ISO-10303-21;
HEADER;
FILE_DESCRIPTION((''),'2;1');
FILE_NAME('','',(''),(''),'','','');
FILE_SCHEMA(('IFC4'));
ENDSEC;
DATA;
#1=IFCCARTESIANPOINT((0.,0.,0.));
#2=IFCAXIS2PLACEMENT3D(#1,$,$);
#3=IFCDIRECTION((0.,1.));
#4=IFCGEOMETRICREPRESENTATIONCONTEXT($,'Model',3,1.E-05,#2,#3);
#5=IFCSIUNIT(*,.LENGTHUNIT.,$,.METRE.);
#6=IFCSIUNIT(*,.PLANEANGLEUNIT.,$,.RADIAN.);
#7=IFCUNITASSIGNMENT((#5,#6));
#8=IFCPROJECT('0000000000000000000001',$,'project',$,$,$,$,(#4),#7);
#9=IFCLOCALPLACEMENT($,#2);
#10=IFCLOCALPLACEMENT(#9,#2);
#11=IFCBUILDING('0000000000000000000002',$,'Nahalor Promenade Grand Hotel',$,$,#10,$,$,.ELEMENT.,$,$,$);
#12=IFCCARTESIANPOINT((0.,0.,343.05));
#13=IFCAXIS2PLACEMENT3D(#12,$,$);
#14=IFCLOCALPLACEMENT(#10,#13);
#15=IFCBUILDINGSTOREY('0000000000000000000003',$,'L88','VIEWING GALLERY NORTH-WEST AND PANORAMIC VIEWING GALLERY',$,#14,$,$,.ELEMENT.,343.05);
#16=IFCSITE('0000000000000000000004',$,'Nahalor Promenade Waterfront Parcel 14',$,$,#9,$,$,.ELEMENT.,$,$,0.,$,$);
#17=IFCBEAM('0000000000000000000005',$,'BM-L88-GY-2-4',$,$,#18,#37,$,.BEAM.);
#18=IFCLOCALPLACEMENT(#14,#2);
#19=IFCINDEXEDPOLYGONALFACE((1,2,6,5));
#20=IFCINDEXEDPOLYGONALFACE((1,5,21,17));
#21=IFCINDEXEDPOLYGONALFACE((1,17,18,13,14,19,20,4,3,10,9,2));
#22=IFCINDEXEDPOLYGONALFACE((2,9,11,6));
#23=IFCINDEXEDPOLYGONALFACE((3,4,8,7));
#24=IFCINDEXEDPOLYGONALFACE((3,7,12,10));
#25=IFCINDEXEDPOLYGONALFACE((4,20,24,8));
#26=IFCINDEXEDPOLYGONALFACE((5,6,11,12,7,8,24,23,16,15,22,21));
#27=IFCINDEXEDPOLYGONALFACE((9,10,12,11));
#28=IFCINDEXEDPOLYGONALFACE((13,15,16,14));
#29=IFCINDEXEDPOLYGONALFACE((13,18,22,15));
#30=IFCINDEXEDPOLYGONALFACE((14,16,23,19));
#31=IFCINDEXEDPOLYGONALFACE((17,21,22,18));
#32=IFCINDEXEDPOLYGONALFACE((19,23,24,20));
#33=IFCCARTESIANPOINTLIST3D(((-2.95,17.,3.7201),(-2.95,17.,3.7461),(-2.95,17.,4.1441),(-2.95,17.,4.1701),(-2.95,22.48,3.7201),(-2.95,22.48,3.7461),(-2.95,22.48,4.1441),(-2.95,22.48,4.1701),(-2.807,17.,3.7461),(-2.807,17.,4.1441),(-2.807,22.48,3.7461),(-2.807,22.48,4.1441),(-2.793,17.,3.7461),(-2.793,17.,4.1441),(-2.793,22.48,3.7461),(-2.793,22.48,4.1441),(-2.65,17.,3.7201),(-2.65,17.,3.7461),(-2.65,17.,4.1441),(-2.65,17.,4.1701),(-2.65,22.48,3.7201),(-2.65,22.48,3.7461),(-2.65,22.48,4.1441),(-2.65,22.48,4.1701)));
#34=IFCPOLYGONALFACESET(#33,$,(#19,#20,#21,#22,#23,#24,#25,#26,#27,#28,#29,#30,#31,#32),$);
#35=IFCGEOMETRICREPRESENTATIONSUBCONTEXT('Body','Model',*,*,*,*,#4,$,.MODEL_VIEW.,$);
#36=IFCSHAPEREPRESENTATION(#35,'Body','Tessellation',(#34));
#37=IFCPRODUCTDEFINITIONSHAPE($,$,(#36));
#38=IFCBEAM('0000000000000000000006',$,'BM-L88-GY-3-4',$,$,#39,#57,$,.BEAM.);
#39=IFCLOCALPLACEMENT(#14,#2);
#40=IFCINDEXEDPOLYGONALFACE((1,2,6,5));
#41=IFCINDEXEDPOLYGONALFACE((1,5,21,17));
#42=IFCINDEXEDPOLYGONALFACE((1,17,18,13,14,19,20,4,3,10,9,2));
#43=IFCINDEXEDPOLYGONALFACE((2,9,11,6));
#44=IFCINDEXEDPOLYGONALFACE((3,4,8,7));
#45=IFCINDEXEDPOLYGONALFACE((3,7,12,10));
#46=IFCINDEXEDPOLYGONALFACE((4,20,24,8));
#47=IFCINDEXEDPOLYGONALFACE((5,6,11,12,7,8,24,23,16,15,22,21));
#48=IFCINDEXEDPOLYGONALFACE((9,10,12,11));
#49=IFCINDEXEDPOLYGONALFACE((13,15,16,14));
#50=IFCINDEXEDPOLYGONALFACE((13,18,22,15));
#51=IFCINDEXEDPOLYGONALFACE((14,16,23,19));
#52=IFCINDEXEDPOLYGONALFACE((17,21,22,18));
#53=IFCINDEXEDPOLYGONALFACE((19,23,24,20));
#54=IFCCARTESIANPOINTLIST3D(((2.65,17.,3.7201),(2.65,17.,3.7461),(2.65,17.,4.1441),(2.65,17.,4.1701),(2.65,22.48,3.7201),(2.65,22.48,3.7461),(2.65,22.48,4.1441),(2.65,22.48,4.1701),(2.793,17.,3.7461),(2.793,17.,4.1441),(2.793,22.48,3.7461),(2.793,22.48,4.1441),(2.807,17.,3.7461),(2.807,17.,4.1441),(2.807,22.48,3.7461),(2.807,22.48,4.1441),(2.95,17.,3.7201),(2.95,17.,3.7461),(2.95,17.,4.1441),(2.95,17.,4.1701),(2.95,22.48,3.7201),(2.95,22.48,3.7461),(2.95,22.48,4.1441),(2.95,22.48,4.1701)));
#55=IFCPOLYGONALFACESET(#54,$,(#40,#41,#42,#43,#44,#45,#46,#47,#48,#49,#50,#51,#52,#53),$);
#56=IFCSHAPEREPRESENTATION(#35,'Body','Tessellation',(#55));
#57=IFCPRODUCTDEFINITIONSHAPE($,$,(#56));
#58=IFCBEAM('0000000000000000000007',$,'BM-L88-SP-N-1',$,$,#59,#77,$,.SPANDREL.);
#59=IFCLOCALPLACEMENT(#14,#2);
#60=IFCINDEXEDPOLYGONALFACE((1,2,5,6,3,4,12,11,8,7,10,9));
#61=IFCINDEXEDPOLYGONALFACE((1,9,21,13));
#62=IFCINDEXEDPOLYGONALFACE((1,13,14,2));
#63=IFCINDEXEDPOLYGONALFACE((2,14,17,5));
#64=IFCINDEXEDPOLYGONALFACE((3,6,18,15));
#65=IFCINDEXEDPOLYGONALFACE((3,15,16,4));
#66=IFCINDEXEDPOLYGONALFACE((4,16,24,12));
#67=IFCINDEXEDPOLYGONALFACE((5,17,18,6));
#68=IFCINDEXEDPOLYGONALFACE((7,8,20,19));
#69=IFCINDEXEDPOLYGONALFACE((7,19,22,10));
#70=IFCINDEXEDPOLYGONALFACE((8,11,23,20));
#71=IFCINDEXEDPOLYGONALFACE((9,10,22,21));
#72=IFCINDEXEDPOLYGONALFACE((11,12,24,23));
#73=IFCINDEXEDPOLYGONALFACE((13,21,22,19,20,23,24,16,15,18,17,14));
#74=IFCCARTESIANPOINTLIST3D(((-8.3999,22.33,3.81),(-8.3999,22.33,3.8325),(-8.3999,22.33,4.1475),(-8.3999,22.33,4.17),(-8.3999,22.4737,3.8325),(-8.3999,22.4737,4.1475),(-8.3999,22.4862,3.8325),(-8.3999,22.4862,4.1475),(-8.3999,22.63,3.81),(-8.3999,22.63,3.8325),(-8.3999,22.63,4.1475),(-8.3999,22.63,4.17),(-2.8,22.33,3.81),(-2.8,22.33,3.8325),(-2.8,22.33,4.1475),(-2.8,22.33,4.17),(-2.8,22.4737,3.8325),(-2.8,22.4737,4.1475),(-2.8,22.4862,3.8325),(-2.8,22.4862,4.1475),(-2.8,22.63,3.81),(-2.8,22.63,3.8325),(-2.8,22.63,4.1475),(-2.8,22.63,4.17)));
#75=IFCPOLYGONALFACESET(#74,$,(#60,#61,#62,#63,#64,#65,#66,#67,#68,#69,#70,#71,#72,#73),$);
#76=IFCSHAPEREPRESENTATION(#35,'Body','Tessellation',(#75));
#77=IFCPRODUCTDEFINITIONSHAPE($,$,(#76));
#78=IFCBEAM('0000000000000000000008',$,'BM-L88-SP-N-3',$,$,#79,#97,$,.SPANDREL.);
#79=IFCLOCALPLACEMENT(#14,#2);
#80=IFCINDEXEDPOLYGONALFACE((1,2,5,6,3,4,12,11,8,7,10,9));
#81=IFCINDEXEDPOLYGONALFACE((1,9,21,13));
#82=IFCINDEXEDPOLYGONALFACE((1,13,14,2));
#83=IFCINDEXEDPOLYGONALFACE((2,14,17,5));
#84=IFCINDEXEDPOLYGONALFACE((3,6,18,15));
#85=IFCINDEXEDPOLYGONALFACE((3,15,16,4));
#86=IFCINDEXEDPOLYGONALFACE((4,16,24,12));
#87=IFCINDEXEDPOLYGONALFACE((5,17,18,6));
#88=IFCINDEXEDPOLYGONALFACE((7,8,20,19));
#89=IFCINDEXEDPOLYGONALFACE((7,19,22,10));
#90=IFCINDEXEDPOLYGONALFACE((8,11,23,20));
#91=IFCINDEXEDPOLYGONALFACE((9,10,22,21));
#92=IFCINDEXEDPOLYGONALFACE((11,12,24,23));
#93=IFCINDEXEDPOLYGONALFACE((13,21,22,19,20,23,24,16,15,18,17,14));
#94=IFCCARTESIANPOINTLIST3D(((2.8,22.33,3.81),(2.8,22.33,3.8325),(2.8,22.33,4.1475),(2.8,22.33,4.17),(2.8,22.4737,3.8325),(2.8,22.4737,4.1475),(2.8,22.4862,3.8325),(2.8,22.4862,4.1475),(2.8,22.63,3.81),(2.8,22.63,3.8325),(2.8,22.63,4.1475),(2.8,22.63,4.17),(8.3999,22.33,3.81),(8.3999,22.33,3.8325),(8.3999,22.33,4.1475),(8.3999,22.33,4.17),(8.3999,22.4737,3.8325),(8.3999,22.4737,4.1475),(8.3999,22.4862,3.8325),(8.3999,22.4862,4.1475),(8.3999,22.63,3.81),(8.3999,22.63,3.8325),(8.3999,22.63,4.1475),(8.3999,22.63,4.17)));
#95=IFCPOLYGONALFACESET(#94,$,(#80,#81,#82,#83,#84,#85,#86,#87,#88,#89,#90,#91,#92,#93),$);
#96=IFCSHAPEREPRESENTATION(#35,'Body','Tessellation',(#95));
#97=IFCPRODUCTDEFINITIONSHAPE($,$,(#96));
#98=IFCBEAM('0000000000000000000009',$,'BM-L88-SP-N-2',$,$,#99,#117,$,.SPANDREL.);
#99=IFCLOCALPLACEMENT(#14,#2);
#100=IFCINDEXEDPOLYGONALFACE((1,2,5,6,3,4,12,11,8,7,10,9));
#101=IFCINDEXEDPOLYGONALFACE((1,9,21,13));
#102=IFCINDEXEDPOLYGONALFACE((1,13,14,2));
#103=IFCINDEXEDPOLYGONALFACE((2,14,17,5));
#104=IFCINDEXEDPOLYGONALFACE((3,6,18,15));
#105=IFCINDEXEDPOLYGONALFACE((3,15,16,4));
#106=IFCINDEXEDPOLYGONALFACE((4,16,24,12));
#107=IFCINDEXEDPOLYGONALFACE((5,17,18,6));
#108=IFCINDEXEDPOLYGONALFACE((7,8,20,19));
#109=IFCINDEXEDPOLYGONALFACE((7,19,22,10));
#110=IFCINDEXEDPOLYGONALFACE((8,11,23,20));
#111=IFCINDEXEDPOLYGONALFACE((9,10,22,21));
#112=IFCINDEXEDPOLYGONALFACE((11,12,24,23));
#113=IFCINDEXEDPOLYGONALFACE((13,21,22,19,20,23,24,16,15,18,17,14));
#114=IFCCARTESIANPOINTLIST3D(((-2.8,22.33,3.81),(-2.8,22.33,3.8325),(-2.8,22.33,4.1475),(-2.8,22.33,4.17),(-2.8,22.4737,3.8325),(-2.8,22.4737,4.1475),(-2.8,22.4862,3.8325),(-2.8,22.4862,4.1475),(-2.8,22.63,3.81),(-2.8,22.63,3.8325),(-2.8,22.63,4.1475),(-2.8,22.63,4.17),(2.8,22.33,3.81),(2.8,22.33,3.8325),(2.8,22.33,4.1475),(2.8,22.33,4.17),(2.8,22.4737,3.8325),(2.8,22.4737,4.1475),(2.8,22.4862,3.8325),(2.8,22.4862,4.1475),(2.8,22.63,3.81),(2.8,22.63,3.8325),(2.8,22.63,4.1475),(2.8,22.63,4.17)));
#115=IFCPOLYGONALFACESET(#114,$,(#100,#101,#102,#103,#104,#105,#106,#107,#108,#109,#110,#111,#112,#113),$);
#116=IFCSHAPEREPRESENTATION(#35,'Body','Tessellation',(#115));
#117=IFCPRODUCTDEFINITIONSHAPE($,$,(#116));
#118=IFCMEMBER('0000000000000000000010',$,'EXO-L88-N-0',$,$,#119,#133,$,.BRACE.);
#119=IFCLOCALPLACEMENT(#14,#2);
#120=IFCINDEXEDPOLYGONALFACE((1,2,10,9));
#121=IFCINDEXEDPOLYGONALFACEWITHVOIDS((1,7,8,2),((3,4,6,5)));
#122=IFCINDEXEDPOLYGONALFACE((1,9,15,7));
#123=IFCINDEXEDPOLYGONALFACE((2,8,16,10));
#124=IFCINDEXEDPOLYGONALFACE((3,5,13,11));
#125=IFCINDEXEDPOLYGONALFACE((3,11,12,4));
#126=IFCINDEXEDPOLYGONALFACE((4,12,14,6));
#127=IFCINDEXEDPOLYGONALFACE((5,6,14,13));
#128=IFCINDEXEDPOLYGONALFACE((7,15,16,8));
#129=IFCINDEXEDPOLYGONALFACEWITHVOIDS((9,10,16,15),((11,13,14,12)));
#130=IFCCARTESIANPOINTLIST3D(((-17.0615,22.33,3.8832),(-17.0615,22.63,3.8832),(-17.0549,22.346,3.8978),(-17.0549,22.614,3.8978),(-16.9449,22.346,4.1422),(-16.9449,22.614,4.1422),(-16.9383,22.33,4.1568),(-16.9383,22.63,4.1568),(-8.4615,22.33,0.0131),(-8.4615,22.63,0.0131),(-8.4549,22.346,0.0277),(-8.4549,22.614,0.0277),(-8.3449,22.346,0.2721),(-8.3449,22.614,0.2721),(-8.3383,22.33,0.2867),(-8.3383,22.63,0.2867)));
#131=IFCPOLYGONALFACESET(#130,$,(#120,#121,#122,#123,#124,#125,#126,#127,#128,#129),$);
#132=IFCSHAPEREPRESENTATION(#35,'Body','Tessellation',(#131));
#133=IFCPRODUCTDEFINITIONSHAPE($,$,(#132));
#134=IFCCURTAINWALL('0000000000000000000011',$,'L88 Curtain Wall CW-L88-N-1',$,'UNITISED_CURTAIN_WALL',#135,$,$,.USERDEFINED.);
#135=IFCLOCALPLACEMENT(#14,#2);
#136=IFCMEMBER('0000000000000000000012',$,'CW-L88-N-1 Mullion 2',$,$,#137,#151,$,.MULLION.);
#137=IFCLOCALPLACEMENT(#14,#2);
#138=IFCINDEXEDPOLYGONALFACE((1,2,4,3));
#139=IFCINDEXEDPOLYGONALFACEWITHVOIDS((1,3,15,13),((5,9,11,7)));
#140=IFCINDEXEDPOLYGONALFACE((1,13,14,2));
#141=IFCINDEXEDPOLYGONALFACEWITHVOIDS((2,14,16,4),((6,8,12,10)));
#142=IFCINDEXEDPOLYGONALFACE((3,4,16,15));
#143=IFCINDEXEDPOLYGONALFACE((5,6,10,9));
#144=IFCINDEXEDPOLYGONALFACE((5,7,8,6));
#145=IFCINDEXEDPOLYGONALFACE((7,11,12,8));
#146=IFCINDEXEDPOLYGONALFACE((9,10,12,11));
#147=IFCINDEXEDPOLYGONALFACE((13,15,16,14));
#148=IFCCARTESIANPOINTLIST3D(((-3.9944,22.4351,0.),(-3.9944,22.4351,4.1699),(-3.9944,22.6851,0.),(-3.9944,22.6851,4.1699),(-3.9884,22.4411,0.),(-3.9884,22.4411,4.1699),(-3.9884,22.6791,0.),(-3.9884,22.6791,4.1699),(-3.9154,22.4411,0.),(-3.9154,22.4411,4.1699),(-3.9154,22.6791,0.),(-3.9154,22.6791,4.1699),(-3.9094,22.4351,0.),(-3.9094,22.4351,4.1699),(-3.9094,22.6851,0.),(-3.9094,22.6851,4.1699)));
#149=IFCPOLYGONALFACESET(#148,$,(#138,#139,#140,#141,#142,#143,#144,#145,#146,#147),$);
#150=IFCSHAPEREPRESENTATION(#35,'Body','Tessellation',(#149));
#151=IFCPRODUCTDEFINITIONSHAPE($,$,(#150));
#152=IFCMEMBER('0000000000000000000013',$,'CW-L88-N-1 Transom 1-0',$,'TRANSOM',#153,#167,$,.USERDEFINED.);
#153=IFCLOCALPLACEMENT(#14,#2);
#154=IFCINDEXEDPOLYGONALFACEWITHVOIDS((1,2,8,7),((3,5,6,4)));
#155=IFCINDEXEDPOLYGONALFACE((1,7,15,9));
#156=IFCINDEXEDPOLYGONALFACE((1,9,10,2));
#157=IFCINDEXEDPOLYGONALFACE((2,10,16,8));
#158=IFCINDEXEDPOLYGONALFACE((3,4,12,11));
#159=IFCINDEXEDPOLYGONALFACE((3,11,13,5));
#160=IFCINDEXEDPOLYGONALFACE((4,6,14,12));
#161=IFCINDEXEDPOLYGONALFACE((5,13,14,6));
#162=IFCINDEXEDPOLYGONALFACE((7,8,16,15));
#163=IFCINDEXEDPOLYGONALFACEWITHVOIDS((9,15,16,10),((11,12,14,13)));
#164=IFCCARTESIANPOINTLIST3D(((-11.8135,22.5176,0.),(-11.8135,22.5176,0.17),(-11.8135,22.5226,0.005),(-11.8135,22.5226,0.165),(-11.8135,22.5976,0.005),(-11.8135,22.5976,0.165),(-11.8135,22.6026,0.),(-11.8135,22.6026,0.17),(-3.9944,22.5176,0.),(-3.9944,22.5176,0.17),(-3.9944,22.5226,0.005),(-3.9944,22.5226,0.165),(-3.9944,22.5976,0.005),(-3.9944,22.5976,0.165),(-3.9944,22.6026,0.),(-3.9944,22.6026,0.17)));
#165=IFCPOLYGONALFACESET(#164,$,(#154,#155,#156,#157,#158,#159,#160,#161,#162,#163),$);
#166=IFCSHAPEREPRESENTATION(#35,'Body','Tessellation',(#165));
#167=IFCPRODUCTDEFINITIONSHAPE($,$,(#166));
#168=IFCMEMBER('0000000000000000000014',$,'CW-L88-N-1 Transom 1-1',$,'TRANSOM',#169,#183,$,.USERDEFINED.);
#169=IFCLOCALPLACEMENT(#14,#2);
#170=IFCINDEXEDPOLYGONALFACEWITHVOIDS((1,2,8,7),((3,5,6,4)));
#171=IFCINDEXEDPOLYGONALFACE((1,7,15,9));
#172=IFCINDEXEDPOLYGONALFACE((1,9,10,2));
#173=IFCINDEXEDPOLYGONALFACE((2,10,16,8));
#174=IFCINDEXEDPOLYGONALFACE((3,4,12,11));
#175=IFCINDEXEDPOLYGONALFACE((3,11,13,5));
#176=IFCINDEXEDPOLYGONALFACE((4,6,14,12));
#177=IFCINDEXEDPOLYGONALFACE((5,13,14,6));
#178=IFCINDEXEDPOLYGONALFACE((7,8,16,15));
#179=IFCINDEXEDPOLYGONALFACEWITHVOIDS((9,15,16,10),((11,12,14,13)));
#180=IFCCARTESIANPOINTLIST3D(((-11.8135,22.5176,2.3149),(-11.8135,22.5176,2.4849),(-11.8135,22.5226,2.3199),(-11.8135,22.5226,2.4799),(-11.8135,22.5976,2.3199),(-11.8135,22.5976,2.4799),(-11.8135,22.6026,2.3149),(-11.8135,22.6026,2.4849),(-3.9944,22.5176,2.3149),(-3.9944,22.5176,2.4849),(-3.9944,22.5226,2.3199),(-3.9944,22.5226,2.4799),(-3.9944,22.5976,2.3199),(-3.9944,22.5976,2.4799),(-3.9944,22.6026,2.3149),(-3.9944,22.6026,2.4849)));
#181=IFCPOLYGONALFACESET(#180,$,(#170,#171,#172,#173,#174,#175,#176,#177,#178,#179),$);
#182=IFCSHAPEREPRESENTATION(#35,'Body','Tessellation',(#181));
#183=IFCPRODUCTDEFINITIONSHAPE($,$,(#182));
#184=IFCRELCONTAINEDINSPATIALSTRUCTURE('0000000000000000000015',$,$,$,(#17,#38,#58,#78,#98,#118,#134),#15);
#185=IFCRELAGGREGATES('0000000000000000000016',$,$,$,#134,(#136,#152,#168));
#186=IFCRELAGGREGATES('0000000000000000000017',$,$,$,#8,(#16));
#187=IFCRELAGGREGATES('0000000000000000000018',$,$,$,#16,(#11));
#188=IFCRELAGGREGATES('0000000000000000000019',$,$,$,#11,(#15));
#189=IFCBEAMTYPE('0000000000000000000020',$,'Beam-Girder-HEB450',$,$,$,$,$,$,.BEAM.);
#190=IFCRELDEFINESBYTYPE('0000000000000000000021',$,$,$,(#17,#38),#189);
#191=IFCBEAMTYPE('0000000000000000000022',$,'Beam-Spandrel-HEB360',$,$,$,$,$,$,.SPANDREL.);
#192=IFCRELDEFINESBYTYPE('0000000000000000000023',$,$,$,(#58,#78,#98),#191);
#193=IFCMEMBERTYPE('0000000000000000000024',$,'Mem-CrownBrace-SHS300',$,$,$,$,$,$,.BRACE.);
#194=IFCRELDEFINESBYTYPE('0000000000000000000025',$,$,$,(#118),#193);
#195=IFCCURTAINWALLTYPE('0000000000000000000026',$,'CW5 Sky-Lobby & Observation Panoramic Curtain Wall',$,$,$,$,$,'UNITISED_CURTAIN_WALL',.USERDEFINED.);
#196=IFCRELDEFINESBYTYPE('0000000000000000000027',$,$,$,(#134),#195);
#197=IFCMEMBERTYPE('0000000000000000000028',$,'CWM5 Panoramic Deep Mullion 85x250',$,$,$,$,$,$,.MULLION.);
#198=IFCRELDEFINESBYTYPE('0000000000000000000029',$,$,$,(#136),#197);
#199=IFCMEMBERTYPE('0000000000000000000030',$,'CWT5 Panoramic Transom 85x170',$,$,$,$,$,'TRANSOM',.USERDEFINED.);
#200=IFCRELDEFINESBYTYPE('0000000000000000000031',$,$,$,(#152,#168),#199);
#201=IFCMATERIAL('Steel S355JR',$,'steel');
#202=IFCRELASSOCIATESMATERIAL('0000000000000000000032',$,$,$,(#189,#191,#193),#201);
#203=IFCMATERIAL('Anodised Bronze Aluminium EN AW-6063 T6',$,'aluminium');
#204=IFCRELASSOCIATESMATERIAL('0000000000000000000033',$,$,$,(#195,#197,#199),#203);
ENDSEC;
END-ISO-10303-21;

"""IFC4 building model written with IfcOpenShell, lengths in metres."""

from ifc_helpers import new_model, si_unit, direction, frame, origin, origin_2d, place, context, subcontext, project, spatial, hollow_rectangle, i_section, extrude, source, transform, mapped, material, material_profile, profile_set, type_object, element, aggregate, save


model = new_model("IFC4")

# Units and contexts
model_context = context("Model", 3, precision=1e-05, world=origin(), true_north=direction((0.0, 1.0)))
body_context = subcontext(model_context, "Body", "Model", "MODEL_VIEW")
ifc_project = project(units=[si_unit("LENGTHUNIT", "METRE"), si_unit("PLANEANGLEUNIT", "RADIAN")], contexts=[model_context])

# Site, building, storey
site_placement = place(None, origin())
site = spatial("IfcSite", under=ifc_project, at=site_placement, Name="Nahalor Promenade Waterfront Parcel 14", CompositionType="ELEMENT", RefElevation=0.0)
building_placement = place(site_placement, origin())
building = spatial("IfcBuilding", under=site, at=building_placement, Name="Nahalor Promenade Grand Hotel", CompositionType="ELEMENT")
storey_placement = place(building_placement, frame((0.0, 0.0, 343.05)))
storey = spatial("IfcBuildingStorey", under=building, at=storey_placement, Name="L88", Description="VIEWING GALLERY NORTH-WEST AND PANORAMIC VIEWING GALLERY", CompositionType="ELEMENT", Elevation=343.05)

# Shared definitions
ifc_material_1 = material(Name="Steel S355JR", Category="steel")

# Beams
ifc_material_profile_1 = material_profile(ifc_material_1, i_section(OverallWidth=0.3, OverallDepth=0.45, WebThickness=0.014, FlangeThickness=0.026, at=origin_2d()), Name="HEB 450")
ifc_profile_set_1 = profile_set([ifc_material_profile_1], Name="Steel S355JR")
beam_type_1 = type_object("IfcBeamType", Name="Beam-Girder-HEB450", PredefinedType="BEAM", material=ifc_profile_set_1)
shared_shape_1 = source(origin(), body_context, "Body", "SweptSolid", [
    extrude(i_section(OverallWidth=0.3, OverallDepth=0.45, WebThickness=0.014, FlangeThickness=0.026, at=origin_2d()), origin(), (0.0, 0.0, 1.0), 5.48),
])
for number, where, z_axis, x_axis, name in (
    (1, (-2.8, 17.0, 3.9451), (0.0, 1.0, 0.0), (-1.0, 0.0, 0.0), "BM-L88-GY-2-4"),
    (2, (2.8, 17.0, 3.9451), (0.0, 1.0, 0.0), (-1.0, 0.0, 0.0), "BM-L88-GY-3-4"),
):
    element("IfcBeam", number, at=place(storey_placement, frame(where, z_axis=z_axis, x_axis=x_axis)), inside=storey, type_object=beam_type_1, Name=name, PredefinedType="BEAM", context=body_context, shape_type="MappedRepresentation", body=[
        mapped(shared_shape_1, transform((0.0, 0.0, 0.0), scale=1.0)),
    ])
ifc_material_profile_2 = material_profile(ifc_material_1, i_section(OverallWidth=0.3, OverallDepth=0.36, WebThickness=0.0125, FlangeThickness=0.0225, at=origin_2d()), Name="HEB 360")
ifc_profile_set_2 = profile_set([ifc_material_profile_2], Name="Steel S355JR")
beam_type_2 = type_object("IfcBeamType", Name="Beam-Spandrel-HEB360", PredefinedType="SPANDREL", material=ifc_profile_set_2)
shared_shape_2 = source(origin(), body_context, "Body", "SweptSolid", [
    extrude(i_section(OverallWidth=0.3, OverallDepth=0.36, WebThickness=0.0125, FlangeThickness=0.0225, at=origin_2d()), origin(), (0.0, 0.0, 1.0), 5.5999),
])
for number, where, z_axis, x_axis, name in (
    (3, (-8.3999, 22.48, 3.99), (1.0, 0.0, 0.0), (0.0, 1.0, 0.0), "BM-L88-SP-N-1"),
    (4, (2.8, 22.48, 3.99), (1.0, 0.0, 0.0), (0.0, 1.0, 0.0), "BM-L88-SP-N-3"),
):
    element("IfcBeam", number, at=place(storey_placement, frame(where, z_axis=z_axis, x_axis=x_axis)), inside=storey, type_object=beam_type_2, Name=name, PredefinedType="SPANDREL", context=body_context, shape_type="MappedRepresentation", body=[
        mapped(shared_shape_2, transform((0.0, 0.0, 0.0), scale=1.0)),
    ])
shared_shape_3 = source(origin(), body_context, "Body", "SweptSolid", [
    extrude(i_section(OverallWidth=0.3, OverallDepth=0.36, WebThickness=0.0125, FlangeThickness=0.0225, at=origin_2d()), origin(), (0.0, 0.0, 1.0), 5.6001),
])
beam_1_placement = place(storey_placement, frame((-2.8, 22.48, 3.99), z_axis=(1.0, 0.0, 0.0), x_axis=(0.0, 1.0, 0.0)))
element("IfcBeam", 5, at=beam_1_placement, inside=storey, type_object=beam_type_2, Name="BM-L88-SP-N-2", PredefinedType="SPANDREL", context=body_context, shape_type="MappedRepresentation", body=[
    mapped(shared_shape_3, transform((0.0, 0.0, 0.0), scale=1.0)),
])

# Member
ifc_material_profile_3 = material_profile(ifc_material_1, hollow_rectangle(XDim=0.3, YDim=0.3, WallThickness=0.016, at=origin_2d()), Name="SHS 300x300x16")
ifc_profile_set_3 = profile_set([ifc_material_profile_3], Name="Steel S355JR")
member_type_1 = type_object("IfcMemberType", Name="Mem-CrownBrace-SHS300", PredefinedType="BRACE", material=ifc_profile_set_3)
shared_shape_4 = source(origin(), body_context, "Body", "SweptSolid", [
    extrude(hollow_rectangle(XDim=0.3, YDim=0.3, WallThickness=0.016, at=origin_2d()), origin(), (0.0, 0.0, 1.0), 9.4307),
])
member_1_placement = place(storey_placement, frame((-8.3999, 22.48, 0.1499), z_axis=(-0.911919, 0.0, 0.410371), x_axis=(0.0, -1.0, 0.0)))
element("IfcMember", 6, at=member_1_placement, inside=storey, type_object=member_type_1, Name="EXO-L88-N-0", PredefinedType="BRACE", context=body_context, shape_type="MappedRepresentation", body=[
    mapped(shared_shape_4, transform((0.0, 0.0, 0.0), scale=1.0)),
])

# Curtain wall, members
ifc_material_2 = material(Name="Anodised Bronze Aluminium EN AW-6063 T6", Category="aluminium")
curtain_wall_type = type_object("IfcCurtainWallType", Name="CW5 Sky-Lobby & Observation Panoramic Curtain Wall", ElementType="UNITISED_CURTAIN_WALL", PredefinedType="USERDEFINED", material=ifc_material_2)
curtain_wall_placement = place(storey_placement, origin())
curtain_wall = element("IfcCurtainWall", 7, at=curtain_wall_placement, inside=storey, type_object=curtain_wall_type, Name="L88 Curtain Wall CW-L88-N-1", ObjectType="UNITISED_CURTAIN_WALL", PredefinedType="USERDEFINED")
ifc_material_profile_4 = material_profile(ifc_material_2, hollow_rectangle(XDim=0.085, YDim=0.25, WallThickness=0.006, at=origin_2d()), Name="CWM 85x250x6")
ifc_profile_set_4 = profile_set([ifc_material_profile_4], Name="Anodised Bronze Aluminium EN AW-6063 T6")
member_type_2 = type_object("IfcMemberType", Name="CWM5 Panoramic Deep Mullion 85x250", PredefinedType="MULLION", material=ifc_profile_set_4)
shared_shape_5 = source(origin(), body_context, "Body", "SweptSolid", [
    extrude(hollow_rectangle(XDim=0.085, YDim=0.25, WallThickness=0.006, at=origin_2d()), origin(), (0.0, 0.0, 1.0), 4.1699),
])
member_2_placement = place(storey_placement, frame((-3.9519, 22.5601, 0.0), z_axis=(0.0, 0.0, 1.0), x_axis=(1.0, 0.0, 0.0)))
member_2 = element("IfcMember", 8, at=member_2_placement, type_object=member_type_2, Name="CW-L88-N-1 Mullion 2", PredefinedType="MULLION", context=body_context, shape_type="MappedRepresentation", body=[
    mapped(shared_shape_5, transform((0.0, 0.0, 0.0), scale=1.0)),
])
ifc_material_profile_5 = material_profile(ifc_material_2, hollow_rectangle(XDim=0.085, YDim=0.17, WallThickness=0.005, at=origin_2d()), Name="CWT 85x170x5")
ifc_profile_set_5 = profile_set([ifc_material_profile_5], Name="Anodised Bronze Aluminium EN AW-6063 T6")
member_type_3 = type_object("IfcMemberType", Name="CWT5 Panoramic Transom 85x170", ElementType="TRANSOM", PredefinedType="USERDEFINED", material=ifc_profile_set_5)
shared_shape_6 = source(origin(), body_context, "Body", "SweptSolid", [
    extrude(hollow_rectangle(XDim=0.085, YDim=0.17, WallThickness=0.005, at=origin_2d()), origin(), (0.0, 0.0, 1.0), 7.8191),
])
member_3_placement = place(storey_placement, frame((-11.8135, 22.5601, 0.085), z_axis=(1.0, 0.0, 0.0), x_axis=(0.0, 1.0, 0.0)))
member_3 = element("IfcMember", 9, at=member_3_placement, type_object=member_type_3, Name="CW-L88-N-1 Transom 1-0", ObjectType="TRANSOM", PredefinedType="USERDEFINED", context=body_context, shape_type="MappedRepresentation", body=[
    mapped(shared_shape_6, transform((0.0, 0.0, 0.0), scale=1.0)),
])
member_4_placement = place(storey_placement, frame((-11.8135, 22.5601, 2.3999), z_axis=(1.0, 0.0, 0.0), x_axis=(0.0, 1.0, 0.0)))
member_4 = element("IfcMember", 10, at=member_4_placement, type_object=member_type_3, Name="CW-L88-N-1 Transom 1-1", ObjectType="TRANSOM", PredefinedType="USERDEFINED", context=body_context, shape_type="MappedRepresentation", body=[
    mapped(shared_shape_6, transform((0.0, 0.0, 0.0), scale=1.0)),
])
aggregate(curtain_wall, [member_2, member_3, member_4])

save(model, "model.ifc")
